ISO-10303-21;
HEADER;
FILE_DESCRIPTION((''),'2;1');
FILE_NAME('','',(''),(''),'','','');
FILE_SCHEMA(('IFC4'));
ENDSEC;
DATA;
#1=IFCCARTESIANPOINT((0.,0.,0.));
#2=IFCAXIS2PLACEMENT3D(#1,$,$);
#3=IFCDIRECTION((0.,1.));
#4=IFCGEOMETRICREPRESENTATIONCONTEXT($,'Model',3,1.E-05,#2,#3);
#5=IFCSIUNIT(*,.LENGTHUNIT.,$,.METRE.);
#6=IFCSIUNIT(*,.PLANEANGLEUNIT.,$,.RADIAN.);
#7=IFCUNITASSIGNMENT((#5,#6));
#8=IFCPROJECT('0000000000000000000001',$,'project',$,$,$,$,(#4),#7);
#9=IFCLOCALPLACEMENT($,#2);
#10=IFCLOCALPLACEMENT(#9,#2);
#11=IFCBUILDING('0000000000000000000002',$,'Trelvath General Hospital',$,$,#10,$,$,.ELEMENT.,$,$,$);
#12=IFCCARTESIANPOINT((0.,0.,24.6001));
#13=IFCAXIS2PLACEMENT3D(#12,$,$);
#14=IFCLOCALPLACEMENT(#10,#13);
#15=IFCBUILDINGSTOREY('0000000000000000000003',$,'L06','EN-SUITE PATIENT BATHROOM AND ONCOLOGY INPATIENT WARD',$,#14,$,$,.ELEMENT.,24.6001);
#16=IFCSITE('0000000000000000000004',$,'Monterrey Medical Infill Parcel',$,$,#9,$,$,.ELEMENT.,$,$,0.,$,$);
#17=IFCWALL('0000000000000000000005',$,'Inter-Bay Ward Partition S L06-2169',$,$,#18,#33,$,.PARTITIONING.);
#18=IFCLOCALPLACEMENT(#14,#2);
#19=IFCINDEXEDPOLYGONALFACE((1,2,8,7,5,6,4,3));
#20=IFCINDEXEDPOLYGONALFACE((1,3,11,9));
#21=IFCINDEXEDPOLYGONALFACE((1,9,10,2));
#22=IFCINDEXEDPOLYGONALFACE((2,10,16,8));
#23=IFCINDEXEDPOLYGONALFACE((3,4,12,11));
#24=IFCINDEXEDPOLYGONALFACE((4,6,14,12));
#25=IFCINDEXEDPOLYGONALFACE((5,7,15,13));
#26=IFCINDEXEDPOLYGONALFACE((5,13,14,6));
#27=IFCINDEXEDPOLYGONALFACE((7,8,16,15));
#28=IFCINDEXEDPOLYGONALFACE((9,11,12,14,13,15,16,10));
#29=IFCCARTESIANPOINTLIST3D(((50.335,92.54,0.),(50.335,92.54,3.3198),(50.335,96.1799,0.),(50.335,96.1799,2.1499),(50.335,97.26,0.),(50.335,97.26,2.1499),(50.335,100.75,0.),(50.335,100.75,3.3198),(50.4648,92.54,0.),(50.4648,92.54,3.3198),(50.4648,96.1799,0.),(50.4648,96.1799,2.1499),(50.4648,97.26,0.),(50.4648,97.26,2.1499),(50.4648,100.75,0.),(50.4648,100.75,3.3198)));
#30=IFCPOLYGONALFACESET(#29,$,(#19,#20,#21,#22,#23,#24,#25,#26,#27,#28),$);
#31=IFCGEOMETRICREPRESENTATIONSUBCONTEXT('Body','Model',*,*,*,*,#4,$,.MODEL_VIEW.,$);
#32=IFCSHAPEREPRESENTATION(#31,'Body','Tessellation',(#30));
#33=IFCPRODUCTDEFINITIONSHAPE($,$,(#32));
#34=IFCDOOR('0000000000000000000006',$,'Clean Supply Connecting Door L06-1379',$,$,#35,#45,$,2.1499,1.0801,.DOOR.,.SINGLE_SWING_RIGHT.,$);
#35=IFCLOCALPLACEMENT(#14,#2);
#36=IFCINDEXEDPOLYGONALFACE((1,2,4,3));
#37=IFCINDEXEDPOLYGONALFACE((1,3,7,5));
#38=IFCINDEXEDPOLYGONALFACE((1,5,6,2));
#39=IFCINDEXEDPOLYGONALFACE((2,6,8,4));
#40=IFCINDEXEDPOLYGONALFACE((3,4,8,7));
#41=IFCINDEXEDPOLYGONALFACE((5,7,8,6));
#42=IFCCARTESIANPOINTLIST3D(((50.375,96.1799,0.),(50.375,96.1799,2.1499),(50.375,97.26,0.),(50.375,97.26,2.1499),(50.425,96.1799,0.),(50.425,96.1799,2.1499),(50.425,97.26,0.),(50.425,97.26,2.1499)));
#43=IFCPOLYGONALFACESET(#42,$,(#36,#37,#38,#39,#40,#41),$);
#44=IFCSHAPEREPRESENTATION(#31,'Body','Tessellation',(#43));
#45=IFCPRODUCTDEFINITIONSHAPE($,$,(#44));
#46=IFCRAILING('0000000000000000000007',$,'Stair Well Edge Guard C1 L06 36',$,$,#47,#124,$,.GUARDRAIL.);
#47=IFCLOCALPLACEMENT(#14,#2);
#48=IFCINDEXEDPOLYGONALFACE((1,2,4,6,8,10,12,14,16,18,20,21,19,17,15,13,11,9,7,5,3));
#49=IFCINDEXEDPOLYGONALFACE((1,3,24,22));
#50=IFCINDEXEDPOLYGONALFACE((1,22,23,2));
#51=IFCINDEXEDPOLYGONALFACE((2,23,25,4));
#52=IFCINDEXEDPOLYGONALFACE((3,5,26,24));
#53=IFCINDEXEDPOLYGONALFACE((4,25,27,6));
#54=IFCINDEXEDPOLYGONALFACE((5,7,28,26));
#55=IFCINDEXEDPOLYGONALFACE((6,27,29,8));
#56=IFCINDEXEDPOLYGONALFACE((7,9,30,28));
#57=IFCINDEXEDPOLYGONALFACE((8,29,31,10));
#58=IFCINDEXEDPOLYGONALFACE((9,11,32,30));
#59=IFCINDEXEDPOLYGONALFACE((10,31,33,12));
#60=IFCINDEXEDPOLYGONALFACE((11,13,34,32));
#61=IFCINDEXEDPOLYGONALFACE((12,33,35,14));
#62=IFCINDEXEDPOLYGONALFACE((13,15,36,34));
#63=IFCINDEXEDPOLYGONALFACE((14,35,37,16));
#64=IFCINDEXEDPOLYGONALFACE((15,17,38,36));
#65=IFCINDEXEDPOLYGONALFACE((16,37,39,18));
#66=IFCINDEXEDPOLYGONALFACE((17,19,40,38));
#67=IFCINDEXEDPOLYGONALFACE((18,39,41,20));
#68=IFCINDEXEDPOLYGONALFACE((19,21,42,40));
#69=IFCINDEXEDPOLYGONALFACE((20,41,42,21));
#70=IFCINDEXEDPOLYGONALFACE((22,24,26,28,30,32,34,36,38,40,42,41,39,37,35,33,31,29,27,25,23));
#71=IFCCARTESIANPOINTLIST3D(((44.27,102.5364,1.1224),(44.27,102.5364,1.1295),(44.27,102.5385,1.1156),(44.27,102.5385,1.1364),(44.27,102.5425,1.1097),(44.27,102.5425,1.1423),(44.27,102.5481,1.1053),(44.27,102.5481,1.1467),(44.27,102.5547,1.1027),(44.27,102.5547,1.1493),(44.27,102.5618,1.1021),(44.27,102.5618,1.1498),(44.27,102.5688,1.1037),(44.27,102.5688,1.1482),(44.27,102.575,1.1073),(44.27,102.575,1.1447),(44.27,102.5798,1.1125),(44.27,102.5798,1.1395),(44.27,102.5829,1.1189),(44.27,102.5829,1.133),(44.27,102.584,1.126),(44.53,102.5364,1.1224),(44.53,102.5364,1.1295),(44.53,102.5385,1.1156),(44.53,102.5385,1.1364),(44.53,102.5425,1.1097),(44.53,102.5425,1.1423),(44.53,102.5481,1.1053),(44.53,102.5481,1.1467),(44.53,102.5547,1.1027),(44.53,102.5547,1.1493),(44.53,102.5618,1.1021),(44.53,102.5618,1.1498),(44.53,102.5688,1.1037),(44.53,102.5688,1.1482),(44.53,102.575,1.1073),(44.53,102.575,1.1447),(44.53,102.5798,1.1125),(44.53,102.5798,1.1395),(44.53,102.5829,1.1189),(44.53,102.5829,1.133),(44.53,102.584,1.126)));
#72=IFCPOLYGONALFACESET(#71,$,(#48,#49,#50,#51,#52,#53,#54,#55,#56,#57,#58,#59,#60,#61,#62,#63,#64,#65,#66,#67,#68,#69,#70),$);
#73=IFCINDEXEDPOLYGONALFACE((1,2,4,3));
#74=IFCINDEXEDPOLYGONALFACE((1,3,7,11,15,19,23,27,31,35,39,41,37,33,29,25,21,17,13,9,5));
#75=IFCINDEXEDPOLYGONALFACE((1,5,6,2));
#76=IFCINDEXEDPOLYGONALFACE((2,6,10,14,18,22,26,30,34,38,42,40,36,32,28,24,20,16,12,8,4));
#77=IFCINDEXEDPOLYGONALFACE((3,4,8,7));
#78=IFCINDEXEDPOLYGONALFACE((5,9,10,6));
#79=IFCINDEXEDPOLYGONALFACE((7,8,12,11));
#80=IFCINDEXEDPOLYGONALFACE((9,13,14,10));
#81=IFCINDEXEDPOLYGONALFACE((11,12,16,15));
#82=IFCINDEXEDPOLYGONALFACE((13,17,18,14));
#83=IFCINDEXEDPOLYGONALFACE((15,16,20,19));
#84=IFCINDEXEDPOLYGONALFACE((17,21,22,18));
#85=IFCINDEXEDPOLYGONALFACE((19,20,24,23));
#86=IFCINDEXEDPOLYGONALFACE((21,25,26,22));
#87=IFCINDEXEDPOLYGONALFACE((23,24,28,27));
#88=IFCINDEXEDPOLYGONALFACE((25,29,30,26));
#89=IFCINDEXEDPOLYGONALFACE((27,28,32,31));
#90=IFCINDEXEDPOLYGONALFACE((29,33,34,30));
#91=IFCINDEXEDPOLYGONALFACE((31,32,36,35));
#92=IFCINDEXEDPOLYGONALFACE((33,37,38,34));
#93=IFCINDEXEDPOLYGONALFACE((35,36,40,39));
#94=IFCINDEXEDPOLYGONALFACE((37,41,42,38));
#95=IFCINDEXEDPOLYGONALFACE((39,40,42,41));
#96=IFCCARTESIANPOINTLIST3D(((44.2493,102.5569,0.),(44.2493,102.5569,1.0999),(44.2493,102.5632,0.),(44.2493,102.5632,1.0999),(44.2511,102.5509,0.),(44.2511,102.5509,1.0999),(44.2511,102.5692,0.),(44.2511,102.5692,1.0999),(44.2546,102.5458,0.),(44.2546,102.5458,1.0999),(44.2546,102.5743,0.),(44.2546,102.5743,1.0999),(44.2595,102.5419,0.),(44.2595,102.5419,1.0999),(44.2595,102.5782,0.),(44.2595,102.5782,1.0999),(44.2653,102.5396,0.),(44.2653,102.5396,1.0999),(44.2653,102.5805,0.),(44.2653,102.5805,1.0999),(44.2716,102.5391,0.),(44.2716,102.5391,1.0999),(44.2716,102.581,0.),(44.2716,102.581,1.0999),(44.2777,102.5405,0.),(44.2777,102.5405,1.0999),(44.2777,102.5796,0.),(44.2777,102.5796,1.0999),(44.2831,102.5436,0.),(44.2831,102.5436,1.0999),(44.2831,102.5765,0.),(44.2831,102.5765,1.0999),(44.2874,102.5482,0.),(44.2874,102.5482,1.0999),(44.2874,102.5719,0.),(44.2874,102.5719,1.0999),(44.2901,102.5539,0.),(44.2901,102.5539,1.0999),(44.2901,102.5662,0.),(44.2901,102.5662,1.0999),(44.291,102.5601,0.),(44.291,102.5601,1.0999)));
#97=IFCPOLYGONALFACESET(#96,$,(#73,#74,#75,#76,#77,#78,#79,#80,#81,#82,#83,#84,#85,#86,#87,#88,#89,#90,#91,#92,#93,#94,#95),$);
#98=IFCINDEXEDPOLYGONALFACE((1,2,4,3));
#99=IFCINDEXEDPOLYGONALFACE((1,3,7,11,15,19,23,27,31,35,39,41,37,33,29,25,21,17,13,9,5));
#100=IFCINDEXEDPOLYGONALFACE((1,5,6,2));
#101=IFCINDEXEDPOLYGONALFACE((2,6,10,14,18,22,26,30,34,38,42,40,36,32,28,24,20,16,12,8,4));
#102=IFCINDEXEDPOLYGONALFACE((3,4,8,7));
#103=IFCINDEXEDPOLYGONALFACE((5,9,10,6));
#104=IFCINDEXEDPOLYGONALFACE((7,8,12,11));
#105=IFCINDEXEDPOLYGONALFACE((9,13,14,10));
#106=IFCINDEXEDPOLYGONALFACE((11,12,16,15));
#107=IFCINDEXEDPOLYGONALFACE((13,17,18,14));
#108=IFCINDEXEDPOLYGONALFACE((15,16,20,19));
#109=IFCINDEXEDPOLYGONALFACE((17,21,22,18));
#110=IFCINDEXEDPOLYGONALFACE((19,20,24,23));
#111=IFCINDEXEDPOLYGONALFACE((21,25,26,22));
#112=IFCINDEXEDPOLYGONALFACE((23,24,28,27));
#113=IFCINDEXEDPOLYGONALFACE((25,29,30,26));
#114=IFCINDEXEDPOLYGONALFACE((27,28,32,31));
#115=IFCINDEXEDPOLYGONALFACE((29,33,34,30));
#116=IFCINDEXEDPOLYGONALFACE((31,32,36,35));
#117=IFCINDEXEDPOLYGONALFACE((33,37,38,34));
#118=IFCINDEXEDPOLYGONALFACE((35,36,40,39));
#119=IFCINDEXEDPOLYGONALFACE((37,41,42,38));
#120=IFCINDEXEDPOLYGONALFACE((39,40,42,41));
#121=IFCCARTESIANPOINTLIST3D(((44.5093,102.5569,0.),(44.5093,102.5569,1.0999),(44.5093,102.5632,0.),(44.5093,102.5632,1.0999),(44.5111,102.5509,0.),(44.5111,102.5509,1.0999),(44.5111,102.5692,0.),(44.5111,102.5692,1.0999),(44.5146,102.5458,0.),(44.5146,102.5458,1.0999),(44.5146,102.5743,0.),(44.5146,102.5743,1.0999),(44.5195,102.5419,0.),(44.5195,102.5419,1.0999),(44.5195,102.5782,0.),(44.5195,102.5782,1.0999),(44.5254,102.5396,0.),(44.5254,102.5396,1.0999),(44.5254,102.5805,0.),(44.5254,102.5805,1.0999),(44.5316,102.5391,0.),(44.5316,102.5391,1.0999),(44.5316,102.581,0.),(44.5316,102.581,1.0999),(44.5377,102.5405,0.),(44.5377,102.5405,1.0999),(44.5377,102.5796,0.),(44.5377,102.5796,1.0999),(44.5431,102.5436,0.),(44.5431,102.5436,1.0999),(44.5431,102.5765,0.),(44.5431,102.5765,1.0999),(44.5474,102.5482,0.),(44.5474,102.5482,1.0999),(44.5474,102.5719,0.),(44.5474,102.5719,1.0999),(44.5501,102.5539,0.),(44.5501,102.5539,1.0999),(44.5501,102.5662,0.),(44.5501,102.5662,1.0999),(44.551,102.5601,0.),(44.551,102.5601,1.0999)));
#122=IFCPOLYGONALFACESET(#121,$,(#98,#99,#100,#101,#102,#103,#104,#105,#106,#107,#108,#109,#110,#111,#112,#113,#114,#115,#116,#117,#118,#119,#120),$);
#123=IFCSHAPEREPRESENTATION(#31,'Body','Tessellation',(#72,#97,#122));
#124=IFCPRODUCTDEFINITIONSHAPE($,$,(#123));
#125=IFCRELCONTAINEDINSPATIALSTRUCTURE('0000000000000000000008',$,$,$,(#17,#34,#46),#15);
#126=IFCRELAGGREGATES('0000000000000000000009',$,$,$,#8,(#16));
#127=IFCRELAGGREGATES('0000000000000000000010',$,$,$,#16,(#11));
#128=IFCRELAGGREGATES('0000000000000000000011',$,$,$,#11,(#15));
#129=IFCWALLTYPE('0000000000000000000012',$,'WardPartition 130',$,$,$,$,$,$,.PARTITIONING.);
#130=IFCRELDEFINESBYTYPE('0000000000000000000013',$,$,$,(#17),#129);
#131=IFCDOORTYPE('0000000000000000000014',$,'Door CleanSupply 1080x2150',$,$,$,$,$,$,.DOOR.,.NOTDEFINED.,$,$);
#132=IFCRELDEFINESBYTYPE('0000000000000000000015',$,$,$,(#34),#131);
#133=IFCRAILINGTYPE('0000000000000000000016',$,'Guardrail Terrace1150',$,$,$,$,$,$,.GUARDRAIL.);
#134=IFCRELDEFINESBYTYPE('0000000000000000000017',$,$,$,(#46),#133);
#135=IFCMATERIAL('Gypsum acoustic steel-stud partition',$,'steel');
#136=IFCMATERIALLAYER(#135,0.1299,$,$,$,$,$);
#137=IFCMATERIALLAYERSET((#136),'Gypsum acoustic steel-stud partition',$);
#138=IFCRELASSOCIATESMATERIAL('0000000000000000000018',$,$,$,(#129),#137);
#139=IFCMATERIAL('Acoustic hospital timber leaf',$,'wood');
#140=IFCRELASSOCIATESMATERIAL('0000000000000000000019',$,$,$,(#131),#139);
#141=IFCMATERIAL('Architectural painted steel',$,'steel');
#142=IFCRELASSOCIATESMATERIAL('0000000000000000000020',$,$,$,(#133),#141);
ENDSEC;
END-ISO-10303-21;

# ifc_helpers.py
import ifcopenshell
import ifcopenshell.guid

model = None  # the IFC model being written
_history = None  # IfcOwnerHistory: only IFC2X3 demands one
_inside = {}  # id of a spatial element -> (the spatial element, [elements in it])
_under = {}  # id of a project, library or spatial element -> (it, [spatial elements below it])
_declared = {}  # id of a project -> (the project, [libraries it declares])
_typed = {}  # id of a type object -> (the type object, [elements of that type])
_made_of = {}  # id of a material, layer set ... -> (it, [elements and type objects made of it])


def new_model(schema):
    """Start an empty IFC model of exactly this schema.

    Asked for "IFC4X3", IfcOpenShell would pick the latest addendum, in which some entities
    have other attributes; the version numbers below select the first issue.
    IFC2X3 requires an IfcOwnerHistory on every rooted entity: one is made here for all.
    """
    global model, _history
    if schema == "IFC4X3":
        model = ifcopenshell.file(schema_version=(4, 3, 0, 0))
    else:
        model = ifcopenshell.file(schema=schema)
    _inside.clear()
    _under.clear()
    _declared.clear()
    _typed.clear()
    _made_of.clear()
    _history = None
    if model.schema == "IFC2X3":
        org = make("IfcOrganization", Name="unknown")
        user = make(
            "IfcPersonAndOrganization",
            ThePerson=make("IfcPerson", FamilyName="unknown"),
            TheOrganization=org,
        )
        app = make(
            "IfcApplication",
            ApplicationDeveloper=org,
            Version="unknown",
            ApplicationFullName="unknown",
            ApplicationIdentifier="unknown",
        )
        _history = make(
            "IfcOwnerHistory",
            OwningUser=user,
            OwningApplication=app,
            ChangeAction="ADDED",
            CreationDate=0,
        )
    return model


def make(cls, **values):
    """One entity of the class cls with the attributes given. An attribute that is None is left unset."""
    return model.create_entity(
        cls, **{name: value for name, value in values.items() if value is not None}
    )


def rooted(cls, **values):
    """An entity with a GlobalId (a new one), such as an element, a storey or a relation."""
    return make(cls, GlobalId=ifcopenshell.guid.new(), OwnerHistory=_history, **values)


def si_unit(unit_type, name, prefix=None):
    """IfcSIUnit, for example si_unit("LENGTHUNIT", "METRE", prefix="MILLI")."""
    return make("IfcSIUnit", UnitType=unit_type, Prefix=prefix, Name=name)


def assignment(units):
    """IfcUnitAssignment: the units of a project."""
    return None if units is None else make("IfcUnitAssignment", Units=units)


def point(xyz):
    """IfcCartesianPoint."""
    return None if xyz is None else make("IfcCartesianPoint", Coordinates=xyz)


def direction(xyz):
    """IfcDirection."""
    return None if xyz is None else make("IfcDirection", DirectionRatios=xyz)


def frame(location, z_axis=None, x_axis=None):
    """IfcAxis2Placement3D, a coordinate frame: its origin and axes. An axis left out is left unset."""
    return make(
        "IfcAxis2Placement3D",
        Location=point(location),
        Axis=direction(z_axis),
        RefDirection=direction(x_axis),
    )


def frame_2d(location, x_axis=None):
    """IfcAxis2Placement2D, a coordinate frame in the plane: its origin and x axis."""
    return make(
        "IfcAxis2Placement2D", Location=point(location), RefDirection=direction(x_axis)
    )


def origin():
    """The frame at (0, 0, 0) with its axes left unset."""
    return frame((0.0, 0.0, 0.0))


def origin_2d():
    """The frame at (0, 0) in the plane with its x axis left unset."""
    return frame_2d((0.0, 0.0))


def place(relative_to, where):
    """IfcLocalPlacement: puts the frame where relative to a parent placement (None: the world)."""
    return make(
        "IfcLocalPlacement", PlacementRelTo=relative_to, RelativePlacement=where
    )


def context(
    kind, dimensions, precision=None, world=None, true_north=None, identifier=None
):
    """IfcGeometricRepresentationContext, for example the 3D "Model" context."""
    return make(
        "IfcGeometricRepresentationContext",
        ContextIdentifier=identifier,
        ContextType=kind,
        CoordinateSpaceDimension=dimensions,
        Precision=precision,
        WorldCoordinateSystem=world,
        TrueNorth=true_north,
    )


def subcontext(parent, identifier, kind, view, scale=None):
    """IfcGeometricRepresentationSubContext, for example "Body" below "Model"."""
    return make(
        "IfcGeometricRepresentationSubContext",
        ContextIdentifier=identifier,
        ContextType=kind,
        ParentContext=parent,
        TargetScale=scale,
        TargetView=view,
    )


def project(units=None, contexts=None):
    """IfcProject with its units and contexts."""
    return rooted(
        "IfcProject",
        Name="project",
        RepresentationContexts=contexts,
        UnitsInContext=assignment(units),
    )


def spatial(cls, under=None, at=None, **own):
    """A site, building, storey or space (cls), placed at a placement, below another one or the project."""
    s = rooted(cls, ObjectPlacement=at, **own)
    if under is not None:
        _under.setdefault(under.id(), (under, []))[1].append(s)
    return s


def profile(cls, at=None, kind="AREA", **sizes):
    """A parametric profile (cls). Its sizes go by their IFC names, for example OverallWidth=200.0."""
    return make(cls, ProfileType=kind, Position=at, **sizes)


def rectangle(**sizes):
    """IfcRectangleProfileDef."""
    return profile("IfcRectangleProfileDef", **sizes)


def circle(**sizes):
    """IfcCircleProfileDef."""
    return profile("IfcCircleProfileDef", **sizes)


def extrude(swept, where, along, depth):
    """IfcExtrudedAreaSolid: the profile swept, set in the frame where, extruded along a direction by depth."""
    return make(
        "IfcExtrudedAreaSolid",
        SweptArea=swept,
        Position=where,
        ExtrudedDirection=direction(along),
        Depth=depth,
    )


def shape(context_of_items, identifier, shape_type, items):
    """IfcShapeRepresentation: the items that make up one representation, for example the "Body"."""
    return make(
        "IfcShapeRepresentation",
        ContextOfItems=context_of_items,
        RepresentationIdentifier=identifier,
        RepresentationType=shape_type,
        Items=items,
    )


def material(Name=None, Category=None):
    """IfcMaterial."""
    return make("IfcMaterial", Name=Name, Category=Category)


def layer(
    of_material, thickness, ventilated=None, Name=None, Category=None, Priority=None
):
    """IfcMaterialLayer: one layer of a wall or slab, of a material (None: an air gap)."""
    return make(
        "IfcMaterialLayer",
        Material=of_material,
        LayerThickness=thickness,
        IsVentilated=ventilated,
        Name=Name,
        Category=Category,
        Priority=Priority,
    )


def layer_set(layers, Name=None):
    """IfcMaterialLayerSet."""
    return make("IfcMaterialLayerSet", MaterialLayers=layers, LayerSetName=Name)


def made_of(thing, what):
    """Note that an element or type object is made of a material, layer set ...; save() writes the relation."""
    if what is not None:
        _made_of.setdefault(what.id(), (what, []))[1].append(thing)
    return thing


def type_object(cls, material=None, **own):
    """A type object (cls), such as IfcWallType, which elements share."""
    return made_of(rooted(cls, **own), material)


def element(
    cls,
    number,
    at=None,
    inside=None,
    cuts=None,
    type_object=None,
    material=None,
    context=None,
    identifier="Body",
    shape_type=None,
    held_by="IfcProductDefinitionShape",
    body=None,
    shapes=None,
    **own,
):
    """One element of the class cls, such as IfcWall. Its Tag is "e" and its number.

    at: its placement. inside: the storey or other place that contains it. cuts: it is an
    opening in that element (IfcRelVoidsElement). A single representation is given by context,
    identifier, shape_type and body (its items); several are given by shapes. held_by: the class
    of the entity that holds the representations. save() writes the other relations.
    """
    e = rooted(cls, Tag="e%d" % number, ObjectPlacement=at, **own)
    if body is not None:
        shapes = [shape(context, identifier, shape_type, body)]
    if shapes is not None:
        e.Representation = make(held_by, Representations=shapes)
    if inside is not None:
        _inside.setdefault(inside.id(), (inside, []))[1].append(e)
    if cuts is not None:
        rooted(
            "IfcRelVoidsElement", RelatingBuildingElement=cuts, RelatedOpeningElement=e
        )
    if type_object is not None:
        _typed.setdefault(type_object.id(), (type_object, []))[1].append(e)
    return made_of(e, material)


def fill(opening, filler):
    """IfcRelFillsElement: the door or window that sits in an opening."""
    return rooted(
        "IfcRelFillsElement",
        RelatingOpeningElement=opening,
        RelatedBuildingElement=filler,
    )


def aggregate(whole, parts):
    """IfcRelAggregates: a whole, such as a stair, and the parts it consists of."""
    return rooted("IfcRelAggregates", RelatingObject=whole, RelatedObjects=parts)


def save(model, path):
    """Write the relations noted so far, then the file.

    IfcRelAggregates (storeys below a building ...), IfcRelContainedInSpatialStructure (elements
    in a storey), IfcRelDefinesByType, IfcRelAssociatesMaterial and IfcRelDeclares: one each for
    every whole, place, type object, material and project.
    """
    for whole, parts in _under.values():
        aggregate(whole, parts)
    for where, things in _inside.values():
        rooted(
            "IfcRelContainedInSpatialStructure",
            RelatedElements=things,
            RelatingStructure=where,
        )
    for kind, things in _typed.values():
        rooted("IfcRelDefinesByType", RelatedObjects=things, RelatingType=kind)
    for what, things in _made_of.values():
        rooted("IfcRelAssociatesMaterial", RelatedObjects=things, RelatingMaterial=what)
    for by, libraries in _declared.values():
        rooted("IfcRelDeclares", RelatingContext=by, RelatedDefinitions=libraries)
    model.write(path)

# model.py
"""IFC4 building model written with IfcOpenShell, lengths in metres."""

from ifc_helpers import new_model, si_unit, direction, frame, frame_2d, origin, origin_2d, place, context, subcontext, project, spatial, rectangle, circle, extrude, material, layer, layer_set, type_object, element, fill, save


model = new_model("IFC4")

# Units and contexts
model_context = context("Model", 3, precision=1e-05, world=origin(), true_north=direction((0.0, 1.0)))
body_context = subcontext(model_context, "Body", "Model", "MODEL_VIEW")
ifc_project = project(units=[si_unit("LENGTHUNIT", "METRE"), si_unit("PLANEANGLEUNIT", "RADIAN")], contexts=[model_context])

# Site, building, storey
site_placement = place(None, origin())
site = spatial("IfcSite", under=ifc_project, at=site_placement, Name="Monterrey Medical Infill Parcel", CompositionType="ELEMENT", RefElevation=0.0)
building_placement = place(site_placement, origin())
building = spatial("IfcBuilding", under=site, at=building_placement, Name="Trelvath General Hospital", CompositionType="ELEMENT")
storey_placement = place(building_placement, frame((0.0, 0.0, 24.6001)))
storey = spatial("IfcBuildingStorey", under=building, at=storey_placement, Name="L06", Description="EN-SUITE PATIENT BATHROOM AND ONCOLOGY INPATIENT WARD", CompositionType="ELEMENT", Elevation=24.6001)

# Wall, opening, door
ifc_material_1 = material(Name="Gypsum acoustic steel-stud partition", Category="steel")
ifc_layer_1 = layer(ifc_material_1, 0.1299)
ifc_layer_set_1 = layer_set([ifc_layer_1], Name="Gypsum acoustic steel-stud partition")
wall_type_1 = type_object("IfcWallType", Name="WardPartition 130", PredefinedType="PARTITIONING", material=ifc_layer_set_1)
wall_1_placement = place(storey_placement, frame((50.3999, 92.54, 0.0), z_axis=(0.0, 0.0, 1.0), x_axis=(0.0, 1.0, 0.0)))
wall_1 = element("IfcWall", 1, at=wall_1_placement, inside=storey, type_object=wall_type_1, Name="Inter-Bay Ward Partition S L06-2169", PredefinedType="PARTITIONING", context=body_context, shape_type="SweptSolid", body=[
    extrude(rectangle(XDim=8.21, YDim=0.1299, at=frame_2d((4.105, 0.0))), origin(), (0.0, 0.0, 1.0), 3.3198),
])
opening_1_placement = place(wall_1_placement, frame((3.6399, 0.0, 0.0)))
opening_1 = element("IfcOpeningElement", 2, at=opening_1_placement, cuts=wall_1, PredefinedType="OPENING", context=body_context, shape_type="SweptSolid", body=[
    extrude(rectangle(XDim=1.0801, YDim=2.1499, at=frame_2d((0.54, 1.075))), frame((0.0, 0.075, 0.0), z_axis=(0.0, -1.0, 0.0), x_axis=(1.0, 0.0, 0.0)), (0.0, 0.0, 1.0), 0.1499),
])
ifc_material_2 = material(Name="Acoustic hospital timber leaf", Category="wood")
door_type_1 = type_object("IfcDoorType", Name="Door CleanSupply 1080x2150", OperationType="NOTDEFINED", PredefinedType="DOOR", material=ifc_material_2)
door_1_placement = place(opening_1_placement, origin())
door_1 = element("IfcDoor", 3, at=door_1_placement, inside=storey, type_object=door_type_1, Name="Clean Supply Connecting Door L06-1379", OperationType="SINGLE_SWING_RIGHT", OverallHeight=2.1499, OverallWidth=1.0801, PredefinedType="DOOR", context=body_context, shape_type="SweptSolid", body=[
    extrude(rectangle(XDim=1.0801, YDim=2.1499, at=frame_2d((0.54, 1.075))), frame((0.0, 0.0249, 0.0), z_axis=(0.0, -1.0, 0.0), x_axis=(1.0, 0.0, 0.0)), (0.0, 0.0, 1.0), 0.05),
])
fill(opening_1, door_1)

# Railing
ifc_material_3 = material(Name="Architectural painted steel", Category="steel")
railing_type = type_object("IfcRailingType", Name="Guardrail Terrace1150", PredefinedType="GUARDRAIL", material=ifc_material_3)
railing_placement = place(storey_placement, frame((44.27, 102.5601, 0.0)))
element("IfcRailing", 4, at=railing_placement, inside=storey, type_object=railing_type, Name="Stair Well Edge Guard C1 L06 36", PredefinedType="GUARDRAIL", context=body_context, shape_type="SweptSolid", body=[
    extrude(circle(Radius=0.0239, at=origin_2d()), frame((0.0, 0.0, 1.126), z_axis=(1.0, 0.0, 0.0), x_axis=(0.0, 1.0, 0.0)), (0.0, 0.0, 1.0), 0.26),
    extrude(circle(Radius=0.021, at=origin_2d()), origin(), (0.0, 0.0, 1.0), 1.0999),
    extrude(circle(Radius=0.021, at=origin_2d()), frame((0.26, 0.0, 0.0)), (0.0, 0.0, 1.0), 1.0999),
])

save(model, "model.ifc")
